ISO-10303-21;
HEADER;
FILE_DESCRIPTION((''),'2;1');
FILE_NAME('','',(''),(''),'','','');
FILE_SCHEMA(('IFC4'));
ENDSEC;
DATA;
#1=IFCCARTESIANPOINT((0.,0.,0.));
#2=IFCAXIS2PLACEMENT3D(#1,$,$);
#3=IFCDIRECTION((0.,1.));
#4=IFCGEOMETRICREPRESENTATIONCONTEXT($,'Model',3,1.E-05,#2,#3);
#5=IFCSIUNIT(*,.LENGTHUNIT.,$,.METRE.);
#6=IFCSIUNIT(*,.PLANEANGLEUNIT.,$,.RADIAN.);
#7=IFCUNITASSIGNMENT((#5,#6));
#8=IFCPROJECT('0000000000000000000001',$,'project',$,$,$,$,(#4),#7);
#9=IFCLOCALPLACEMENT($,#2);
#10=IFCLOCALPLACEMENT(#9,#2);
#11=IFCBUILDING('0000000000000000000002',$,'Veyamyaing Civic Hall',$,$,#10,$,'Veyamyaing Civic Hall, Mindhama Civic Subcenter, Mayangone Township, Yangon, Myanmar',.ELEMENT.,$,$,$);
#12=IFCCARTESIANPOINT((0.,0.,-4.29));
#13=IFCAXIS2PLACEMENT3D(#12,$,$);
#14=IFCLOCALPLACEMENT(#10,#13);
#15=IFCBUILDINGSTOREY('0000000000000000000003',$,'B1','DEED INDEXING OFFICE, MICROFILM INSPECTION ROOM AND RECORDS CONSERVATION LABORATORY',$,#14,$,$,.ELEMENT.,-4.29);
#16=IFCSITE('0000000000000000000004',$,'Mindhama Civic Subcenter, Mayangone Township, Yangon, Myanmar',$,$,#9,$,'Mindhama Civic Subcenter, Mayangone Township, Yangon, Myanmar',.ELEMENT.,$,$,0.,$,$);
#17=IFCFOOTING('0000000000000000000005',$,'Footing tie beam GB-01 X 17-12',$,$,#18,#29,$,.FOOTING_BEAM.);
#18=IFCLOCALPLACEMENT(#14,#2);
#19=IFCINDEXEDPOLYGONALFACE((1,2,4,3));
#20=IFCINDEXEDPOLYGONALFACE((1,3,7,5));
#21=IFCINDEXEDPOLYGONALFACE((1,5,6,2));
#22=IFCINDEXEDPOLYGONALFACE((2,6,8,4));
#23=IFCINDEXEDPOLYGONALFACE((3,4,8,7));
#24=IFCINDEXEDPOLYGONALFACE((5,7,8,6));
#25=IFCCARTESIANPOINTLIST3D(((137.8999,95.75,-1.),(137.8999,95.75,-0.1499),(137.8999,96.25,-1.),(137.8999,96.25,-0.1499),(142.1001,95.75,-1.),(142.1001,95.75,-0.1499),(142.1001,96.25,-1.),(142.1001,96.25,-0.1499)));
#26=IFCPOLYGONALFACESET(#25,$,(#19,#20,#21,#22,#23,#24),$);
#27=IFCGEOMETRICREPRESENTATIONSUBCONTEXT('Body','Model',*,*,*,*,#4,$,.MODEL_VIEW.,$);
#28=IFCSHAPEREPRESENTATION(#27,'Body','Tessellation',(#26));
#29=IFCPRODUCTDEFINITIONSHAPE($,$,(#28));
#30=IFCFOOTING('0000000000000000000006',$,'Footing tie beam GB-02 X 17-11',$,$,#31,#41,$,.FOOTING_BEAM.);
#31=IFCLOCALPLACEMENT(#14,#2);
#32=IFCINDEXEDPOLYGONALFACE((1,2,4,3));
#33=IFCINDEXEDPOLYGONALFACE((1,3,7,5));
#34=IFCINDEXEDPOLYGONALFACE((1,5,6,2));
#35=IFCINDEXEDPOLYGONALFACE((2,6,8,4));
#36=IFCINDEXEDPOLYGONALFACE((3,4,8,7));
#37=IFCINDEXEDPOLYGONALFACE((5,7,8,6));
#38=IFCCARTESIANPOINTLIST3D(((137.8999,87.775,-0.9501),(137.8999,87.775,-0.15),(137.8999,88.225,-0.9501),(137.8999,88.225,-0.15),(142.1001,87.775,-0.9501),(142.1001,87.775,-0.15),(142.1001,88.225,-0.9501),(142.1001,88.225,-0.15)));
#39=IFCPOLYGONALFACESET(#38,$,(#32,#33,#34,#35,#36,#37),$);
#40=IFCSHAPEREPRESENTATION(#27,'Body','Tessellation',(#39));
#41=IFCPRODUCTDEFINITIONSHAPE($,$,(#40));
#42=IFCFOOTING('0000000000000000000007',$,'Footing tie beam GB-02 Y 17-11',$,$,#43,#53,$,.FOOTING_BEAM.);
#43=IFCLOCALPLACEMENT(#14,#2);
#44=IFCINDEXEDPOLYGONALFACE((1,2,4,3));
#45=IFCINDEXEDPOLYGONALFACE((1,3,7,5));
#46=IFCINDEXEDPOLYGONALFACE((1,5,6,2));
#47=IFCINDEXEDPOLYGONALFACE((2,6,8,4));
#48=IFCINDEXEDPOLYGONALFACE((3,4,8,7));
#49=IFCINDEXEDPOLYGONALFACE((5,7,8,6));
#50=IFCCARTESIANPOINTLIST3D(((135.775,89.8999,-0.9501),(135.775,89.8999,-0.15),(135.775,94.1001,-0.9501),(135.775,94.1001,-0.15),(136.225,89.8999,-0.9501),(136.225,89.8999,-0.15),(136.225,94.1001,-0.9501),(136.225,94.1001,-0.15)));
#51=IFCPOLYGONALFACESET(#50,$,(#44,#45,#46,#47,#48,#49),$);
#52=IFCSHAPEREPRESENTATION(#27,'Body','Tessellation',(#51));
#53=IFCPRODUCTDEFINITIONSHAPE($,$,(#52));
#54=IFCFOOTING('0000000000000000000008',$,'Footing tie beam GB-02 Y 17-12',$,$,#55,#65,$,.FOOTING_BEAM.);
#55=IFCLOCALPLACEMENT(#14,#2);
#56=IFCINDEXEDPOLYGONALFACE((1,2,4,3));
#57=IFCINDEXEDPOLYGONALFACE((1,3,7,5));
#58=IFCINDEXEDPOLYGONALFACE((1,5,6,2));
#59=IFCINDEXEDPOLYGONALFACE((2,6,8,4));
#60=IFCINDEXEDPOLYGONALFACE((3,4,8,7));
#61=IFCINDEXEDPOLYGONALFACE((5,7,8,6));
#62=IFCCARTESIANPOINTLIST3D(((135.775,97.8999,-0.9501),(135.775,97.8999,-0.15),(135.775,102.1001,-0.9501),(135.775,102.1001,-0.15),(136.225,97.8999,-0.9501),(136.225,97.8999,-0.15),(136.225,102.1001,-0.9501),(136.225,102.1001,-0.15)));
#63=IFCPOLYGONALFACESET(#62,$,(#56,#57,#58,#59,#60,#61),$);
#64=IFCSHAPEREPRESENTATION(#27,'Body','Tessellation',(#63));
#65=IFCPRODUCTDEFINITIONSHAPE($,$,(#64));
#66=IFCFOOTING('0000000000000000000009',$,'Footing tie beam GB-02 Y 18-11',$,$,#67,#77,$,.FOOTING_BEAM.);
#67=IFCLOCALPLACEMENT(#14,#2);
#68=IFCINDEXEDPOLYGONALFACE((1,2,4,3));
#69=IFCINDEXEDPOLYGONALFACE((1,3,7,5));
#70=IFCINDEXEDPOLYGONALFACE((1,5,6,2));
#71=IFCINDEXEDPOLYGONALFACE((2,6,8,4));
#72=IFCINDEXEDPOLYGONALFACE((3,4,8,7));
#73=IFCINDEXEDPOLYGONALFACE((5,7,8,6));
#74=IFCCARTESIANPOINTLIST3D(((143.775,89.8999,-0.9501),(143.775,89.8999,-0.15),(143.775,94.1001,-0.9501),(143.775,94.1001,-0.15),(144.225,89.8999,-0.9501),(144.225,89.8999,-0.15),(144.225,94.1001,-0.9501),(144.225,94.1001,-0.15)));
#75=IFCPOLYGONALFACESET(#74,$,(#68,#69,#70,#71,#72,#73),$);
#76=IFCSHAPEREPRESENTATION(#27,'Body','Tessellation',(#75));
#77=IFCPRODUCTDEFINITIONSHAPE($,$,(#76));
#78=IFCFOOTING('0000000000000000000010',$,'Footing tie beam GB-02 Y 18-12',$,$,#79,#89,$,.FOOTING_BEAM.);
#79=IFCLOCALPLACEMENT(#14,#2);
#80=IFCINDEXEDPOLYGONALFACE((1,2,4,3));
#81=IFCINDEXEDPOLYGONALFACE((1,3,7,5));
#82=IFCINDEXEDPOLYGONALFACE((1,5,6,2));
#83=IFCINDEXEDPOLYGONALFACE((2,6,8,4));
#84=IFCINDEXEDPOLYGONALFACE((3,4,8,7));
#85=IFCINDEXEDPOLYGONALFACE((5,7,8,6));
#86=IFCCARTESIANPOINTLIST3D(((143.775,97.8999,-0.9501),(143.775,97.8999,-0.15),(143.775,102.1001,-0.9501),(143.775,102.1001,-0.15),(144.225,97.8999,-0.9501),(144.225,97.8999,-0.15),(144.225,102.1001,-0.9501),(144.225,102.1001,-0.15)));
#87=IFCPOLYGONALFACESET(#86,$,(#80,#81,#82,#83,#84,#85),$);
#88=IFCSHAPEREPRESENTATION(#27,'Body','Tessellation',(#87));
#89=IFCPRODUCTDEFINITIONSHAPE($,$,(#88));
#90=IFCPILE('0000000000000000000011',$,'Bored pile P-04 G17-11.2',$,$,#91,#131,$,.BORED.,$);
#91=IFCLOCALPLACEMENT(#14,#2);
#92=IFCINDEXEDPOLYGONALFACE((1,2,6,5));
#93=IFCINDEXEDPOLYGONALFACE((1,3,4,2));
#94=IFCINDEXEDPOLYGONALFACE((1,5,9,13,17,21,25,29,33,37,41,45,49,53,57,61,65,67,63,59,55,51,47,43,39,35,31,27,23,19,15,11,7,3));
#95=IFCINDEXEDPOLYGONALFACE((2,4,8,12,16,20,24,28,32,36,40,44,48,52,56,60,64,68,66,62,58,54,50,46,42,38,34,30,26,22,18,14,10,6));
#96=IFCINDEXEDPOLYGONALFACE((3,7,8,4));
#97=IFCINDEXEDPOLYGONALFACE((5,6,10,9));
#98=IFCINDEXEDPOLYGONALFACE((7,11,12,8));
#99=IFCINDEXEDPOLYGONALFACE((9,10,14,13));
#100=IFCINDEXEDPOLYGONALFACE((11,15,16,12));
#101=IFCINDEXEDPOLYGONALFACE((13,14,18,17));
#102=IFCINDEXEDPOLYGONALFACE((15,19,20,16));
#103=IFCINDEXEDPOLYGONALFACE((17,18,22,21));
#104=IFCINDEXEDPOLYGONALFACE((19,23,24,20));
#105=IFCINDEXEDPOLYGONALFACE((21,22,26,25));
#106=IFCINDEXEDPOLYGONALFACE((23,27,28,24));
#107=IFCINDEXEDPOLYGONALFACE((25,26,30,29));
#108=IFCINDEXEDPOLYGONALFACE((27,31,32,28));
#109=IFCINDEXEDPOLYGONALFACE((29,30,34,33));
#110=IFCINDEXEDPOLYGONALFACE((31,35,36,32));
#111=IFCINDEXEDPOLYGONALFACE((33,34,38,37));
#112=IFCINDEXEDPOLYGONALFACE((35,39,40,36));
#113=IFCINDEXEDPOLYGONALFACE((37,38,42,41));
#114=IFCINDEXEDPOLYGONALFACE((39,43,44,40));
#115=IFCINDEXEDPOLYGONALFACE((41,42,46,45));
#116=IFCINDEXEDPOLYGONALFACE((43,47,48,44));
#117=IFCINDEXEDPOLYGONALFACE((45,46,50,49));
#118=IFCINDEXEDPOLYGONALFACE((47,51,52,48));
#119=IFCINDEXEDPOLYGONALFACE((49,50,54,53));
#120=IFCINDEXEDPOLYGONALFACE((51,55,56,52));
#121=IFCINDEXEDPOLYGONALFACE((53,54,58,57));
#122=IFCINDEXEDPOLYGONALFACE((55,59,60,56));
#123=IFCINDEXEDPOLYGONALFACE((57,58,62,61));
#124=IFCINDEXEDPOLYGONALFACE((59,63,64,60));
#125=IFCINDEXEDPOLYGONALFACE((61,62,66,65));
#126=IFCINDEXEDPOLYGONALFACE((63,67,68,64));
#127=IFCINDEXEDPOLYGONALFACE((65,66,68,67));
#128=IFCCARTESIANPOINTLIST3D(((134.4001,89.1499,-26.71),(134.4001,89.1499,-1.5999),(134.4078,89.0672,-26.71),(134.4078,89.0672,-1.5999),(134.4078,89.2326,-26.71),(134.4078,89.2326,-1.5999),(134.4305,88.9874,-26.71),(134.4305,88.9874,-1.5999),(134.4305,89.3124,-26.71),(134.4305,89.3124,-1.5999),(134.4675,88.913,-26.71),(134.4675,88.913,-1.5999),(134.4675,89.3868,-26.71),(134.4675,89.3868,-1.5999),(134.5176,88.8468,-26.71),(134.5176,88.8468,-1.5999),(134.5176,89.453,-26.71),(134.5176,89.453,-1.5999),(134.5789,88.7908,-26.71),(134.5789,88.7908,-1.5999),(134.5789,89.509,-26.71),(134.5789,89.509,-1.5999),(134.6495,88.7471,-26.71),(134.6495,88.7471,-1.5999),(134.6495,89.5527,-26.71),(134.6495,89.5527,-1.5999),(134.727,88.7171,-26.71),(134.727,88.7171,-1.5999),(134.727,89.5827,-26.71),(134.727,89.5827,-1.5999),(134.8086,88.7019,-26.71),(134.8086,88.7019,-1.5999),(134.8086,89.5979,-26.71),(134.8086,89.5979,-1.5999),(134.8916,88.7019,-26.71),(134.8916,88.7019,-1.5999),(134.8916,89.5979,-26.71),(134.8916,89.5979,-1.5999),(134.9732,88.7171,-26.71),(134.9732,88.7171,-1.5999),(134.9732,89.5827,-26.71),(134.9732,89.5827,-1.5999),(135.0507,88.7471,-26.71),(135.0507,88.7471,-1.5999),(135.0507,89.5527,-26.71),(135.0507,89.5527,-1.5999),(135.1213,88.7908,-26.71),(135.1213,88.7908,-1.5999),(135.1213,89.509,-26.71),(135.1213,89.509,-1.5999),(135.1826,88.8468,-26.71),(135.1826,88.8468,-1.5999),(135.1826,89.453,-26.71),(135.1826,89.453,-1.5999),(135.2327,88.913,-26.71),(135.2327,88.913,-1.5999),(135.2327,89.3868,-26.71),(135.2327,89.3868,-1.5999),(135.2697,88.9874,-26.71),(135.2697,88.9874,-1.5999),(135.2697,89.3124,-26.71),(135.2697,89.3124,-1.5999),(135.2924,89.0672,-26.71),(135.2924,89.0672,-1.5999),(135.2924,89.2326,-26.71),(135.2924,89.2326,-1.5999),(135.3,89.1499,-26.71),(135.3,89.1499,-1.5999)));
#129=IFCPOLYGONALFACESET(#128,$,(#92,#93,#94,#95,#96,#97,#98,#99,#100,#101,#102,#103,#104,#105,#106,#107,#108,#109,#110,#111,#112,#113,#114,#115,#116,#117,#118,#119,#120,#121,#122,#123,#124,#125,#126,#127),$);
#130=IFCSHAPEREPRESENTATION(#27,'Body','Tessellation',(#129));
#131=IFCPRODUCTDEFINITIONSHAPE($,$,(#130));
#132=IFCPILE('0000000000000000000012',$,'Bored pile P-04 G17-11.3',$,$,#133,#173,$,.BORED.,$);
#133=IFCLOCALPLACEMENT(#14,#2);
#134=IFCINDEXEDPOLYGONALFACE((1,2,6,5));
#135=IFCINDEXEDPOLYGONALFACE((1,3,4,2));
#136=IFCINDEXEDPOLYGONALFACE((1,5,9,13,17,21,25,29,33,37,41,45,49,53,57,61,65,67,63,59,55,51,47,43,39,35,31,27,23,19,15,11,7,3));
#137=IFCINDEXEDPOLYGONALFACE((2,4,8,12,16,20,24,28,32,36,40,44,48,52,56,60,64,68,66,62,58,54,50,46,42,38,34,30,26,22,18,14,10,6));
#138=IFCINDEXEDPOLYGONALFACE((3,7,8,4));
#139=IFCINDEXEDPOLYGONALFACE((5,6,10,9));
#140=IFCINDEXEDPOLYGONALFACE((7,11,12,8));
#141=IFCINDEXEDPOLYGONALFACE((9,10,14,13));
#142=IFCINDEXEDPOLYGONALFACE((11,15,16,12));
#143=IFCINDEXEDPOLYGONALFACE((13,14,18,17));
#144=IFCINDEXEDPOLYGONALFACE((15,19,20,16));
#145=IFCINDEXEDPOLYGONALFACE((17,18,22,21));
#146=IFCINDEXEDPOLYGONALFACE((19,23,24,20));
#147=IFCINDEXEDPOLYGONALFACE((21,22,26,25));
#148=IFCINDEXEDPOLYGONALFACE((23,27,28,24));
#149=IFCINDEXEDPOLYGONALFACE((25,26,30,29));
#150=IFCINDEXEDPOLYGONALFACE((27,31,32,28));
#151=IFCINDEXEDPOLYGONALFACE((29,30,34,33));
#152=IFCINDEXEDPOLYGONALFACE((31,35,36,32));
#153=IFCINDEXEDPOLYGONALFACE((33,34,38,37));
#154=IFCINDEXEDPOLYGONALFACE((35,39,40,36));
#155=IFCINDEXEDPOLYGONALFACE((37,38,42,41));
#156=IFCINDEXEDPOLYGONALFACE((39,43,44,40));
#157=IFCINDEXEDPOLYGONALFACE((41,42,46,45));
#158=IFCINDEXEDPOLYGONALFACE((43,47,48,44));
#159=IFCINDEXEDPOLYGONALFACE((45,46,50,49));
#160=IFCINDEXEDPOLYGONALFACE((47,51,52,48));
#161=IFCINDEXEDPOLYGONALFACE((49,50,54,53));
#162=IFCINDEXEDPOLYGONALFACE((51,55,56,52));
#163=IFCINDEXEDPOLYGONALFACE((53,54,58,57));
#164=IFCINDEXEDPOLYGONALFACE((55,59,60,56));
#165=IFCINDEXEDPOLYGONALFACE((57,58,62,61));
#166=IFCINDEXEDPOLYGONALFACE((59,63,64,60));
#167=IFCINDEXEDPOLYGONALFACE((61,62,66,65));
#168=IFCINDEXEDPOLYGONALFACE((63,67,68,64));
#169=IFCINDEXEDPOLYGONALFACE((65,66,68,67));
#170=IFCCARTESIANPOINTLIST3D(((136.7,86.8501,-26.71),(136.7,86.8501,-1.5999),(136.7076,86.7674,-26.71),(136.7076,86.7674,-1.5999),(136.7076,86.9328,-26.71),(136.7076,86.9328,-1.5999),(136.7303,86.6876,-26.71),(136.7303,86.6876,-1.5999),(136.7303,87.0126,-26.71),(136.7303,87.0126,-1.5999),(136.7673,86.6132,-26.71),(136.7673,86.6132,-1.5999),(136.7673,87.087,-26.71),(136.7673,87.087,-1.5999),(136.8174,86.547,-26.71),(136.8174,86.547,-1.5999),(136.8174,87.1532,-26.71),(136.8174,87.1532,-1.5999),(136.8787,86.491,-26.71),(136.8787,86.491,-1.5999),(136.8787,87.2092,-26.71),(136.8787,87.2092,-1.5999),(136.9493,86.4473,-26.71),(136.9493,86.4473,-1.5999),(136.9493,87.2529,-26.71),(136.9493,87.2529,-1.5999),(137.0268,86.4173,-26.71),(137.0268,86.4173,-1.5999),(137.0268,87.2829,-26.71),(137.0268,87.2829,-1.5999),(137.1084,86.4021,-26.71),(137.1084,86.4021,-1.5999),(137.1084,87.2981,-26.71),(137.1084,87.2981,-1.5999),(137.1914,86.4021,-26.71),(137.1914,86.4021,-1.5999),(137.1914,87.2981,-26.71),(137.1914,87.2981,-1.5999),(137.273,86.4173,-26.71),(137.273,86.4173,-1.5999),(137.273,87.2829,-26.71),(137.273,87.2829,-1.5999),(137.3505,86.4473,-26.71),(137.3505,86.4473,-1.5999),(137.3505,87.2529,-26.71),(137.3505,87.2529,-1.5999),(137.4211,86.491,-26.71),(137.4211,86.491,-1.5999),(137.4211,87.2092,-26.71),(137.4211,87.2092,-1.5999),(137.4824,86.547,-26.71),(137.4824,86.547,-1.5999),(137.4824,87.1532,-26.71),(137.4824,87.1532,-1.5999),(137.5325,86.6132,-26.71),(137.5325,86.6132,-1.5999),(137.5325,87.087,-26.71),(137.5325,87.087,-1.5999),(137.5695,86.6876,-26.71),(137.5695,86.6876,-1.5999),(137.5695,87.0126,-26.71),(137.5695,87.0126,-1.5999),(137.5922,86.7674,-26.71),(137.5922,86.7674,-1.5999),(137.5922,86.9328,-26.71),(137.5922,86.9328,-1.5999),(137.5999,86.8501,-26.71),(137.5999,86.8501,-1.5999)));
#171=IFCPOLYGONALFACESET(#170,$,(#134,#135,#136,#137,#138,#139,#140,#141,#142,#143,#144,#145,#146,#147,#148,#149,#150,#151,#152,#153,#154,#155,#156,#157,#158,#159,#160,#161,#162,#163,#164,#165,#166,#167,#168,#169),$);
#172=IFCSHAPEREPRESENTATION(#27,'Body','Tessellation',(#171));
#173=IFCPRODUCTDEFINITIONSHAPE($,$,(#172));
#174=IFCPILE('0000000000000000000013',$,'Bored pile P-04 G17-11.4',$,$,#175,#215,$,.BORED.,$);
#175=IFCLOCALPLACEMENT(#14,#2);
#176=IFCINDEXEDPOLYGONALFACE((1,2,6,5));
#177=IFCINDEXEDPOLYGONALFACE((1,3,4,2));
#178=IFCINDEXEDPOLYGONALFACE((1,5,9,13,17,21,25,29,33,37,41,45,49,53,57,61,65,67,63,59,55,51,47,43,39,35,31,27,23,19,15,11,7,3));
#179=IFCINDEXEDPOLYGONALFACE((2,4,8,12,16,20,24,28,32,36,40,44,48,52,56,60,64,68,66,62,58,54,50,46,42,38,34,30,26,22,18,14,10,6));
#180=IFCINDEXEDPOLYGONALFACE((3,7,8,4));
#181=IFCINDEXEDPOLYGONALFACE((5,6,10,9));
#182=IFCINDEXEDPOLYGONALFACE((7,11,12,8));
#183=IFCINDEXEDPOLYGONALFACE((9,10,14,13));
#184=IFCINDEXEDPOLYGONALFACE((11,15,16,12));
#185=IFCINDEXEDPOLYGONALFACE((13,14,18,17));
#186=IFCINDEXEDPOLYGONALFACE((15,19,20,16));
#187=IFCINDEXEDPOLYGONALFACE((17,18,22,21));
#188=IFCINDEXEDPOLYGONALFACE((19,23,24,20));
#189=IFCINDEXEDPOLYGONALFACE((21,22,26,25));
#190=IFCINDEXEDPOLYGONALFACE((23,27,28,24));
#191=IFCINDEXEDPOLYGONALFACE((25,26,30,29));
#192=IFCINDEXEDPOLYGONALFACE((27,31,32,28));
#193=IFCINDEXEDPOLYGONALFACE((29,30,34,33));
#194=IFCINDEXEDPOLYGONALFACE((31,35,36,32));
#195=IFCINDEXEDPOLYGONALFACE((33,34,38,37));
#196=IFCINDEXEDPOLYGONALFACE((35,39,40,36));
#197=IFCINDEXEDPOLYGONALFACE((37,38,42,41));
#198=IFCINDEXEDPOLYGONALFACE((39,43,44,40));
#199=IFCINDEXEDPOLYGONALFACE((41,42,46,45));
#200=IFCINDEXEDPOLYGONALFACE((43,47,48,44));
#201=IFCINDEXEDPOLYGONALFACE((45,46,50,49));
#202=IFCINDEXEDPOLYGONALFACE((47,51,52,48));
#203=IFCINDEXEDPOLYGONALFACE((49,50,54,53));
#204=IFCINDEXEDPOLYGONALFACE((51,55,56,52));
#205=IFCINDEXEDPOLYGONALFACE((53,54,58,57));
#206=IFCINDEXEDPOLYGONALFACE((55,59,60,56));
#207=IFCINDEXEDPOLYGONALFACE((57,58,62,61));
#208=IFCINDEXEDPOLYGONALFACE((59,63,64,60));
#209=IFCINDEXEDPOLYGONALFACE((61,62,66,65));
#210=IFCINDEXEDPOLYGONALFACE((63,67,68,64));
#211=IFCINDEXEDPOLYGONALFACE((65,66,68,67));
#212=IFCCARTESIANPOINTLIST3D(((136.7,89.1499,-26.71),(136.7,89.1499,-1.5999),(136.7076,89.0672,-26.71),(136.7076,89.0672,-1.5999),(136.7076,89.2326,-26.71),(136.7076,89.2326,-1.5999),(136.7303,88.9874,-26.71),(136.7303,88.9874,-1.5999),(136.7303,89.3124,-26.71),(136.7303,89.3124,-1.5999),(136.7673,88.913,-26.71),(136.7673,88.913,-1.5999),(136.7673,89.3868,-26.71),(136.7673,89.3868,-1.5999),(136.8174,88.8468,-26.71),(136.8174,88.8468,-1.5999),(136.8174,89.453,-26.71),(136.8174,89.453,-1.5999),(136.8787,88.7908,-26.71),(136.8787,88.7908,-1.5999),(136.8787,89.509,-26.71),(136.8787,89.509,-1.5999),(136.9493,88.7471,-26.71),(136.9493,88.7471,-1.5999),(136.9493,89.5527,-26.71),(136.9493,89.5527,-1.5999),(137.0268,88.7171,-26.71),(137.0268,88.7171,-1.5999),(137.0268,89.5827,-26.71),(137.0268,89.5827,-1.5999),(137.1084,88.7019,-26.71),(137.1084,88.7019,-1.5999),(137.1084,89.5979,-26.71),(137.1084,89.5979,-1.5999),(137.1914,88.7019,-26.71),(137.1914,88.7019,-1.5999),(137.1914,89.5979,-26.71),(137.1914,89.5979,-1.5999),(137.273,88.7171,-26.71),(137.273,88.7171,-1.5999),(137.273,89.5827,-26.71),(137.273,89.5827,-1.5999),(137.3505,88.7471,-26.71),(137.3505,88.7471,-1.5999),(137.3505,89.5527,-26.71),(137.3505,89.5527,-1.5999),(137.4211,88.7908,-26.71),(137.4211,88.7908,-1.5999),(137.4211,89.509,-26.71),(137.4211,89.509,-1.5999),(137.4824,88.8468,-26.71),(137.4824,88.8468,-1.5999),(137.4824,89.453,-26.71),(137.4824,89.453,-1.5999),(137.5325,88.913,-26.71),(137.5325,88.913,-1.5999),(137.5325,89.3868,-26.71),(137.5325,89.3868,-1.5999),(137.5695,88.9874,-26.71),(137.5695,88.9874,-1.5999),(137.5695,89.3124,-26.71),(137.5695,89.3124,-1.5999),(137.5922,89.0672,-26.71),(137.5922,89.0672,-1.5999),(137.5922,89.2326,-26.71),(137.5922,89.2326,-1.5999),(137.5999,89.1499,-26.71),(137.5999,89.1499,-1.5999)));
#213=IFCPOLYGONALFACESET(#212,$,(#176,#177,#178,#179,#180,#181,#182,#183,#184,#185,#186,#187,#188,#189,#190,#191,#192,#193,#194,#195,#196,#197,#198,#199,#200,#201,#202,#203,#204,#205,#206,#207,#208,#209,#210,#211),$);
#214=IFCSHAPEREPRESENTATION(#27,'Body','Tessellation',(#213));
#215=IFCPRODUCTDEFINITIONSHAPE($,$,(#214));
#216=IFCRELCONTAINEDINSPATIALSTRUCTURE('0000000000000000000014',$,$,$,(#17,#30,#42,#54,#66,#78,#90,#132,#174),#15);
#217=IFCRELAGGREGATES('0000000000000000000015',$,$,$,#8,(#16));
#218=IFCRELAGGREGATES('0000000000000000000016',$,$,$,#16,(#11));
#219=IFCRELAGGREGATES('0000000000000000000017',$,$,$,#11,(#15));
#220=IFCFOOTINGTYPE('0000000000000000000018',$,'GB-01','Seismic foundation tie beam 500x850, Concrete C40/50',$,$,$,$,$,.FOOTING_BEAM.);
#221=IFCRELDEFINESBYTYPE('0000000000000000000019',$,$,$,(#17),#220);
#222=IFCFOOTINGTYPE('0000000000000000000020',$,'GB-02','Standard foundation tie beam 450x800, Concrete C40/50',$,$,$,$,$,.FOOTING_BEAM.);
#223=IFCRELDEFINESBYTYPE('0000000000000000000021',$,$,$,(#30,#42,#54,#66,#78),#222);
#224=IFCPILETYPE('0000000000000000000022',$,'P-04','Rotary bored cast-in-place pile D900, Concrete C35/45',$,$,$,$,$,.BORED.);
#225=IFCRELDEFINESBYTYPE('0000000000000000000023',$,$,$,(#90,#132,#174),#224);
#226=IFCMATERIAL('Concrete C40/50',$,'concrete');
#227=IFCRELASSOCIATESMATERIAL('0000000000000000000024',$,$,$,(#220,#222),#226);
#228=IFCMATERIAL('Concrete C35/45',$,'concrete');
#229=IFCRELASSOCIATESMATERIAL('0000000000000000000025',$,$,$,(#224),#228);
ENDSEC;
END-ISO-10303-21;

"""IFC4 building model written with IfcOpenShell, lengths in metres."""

from ifc_helpers import new_model, si_unit, direction, frame, origin, origin_2d, place, context, subcontext, project, spatial, rectangle, circle, extrude, material, material_profile, profile_set, type_object, element, save


model = new_model("IFC4")

# Units and contexts
model_context = context("Model", 3, precision=1e-05, world=origin(), true_north=direction((0.0, 1.0)))
body_context = subcontext(model_context, "Body", "Model", "MODEL_VIEW")
ifc_project = project(units=[si_unit("LENGTHUNIT", "METRE"), si_unit("PLANEANGLEUNIT", "RADIAN")], contexts=[model_context])

# Site, building, storey
site_placement = place(None, origin())
site = spatial("IfcSite", under=ifc_project, at=site_placement, Name="Mindhama Civic Subcenter, Mayangone Township, Yangon, Myanmar", LongName="Mindhama Civic Subcenter, Mayangone Township, Yangon, Myanmar", CompositionType="ELEMENT", RefElevation=0.0)
building_placement = place(site_placement, origin())
building = spatial("IfcBuilding", under=site, at=building_placement, Name="Veyamyaing Civic Hall", LongName="Veyamyaing Civic Hall, Mindhama Civic Subcenter, Mayangone Township, Yangon, Myanmar", CompositionType="ELEMENT")
storey_placement = place(building_placement, frame((0.0, 0.0, -4.29)))
storey = spatial("IfcBuildingStorey", under=building, at=storey_placement, Name="B1", Description="DEED INDEXING OFFICE, MICROFILM INSPECTION ROOM AND RECORDS CONSERVATION LABORATORY", CompositionType="ELEMENT", Elevation=-4.29)

# Footings
ifc_material_1 = material(Name="Concrete C40/50", Category="concrete")
ifc_material_profile_1 = material_profile(ifc_material_1, rectangle(XDim=0.5, YDim=0.8501, at=origin_2d()), Name="GB-500X850")
ifc_profile_set_1 = profile_set([ifc_material_profile_1], Name="Concrete C40/50")
footing_type_1 = type_object("IfcFootingType", Name="GB-01", Description="Seismic foundation tie beam 500x850, Concrete C40/50", PredefinedType="FOOTING_BEAM", material=ifc_profile_set_1)
footing_placement = place(storey_placement, frame((137.8999, 96.0, -0.575), z_axis=(1.0, 0.0, 0.0), x_axis=(0.0, 1.0, 0.0)))
element("IfcFooting", 1, at=footing_placement, inside=storey, type_object=footing_type_1, Name="Footing tie beam GB-01 X 17-12", PredefinedType="FOOTING_BEAM", context=body_context, shape_type="SweptSolid", body=[
    extrude(rectangle(XDim=0.5, YDim=0.8501, at=origin_2d()), origin(), (0.0, 0.0, 1.0), 4.2002),
])
ifc_material_profile_2 = material_profile(ifc_material_1, rectangle(XDim=0.45, YDim=0.8, at=origin_2d()), Name="GB-450X800")
ifc_profile_set_2 = profile_set([ifc_material_profile_2], Name="Concrete C40/50")
footing_type_2 = type_object("IfcFootingType", Name="GB-02", Description="Standard foundation tie beam 450x800, Concrete C40/50", PredefinedType="FOOTING_BEAM", material=ifc_profile_set_2)
for number, where, z_axis, x_axis, name in (
    (2, (137.8999, 88.0, -0.55), (1.0, 0.0, 0.0), (0.0, 1.0, 0.0), "Footing tie beam GB-02 X 17-11"),
    (3, (136.0, 89.8999, -0.55), (0.0, 1.0, 0.0), (-1.0, 0.0, 0.0), "Footing tie beam GB-02 Y 17-11"),
    (4, (136.0, 97.8999, -0.55), (0.0, 1.0, 0.0), (-1.0, 0.0, 0.0), "Footing tie beam GB-02 Y 17-12"),
    (5, (144.0, 89.8999, -0.55), (0.0, 1.0, 0.0), (-1.0, 0.0, 0.0), "Footing tie beam GB-02 Y 18-11"),
    (6, (144.0, 97.8999, -0.55), (0.0, 1.0, 0.0), (-1.0, 0.0, 0.0), "Footing tie beam GB-02 Y 18-12"),
):
    element("IfcFooting", number, at=place(storey_placement, frame(where, z_axis=z_axis, x_axis=x_axis)), inside=storey, type_object=footing_type_2, Name=name, PredefinedType="FOOTING_BEAM", context=body_context, shape_type="SweptSolid", body=[
        extrude(rectangle(XDim=0.45, YDim=0.8, at=origin_2d()), origin(), (0.0, 0.0, 1.0), 4.2002),
    ])

# Piles
ifc_material_2 = material(Name="Concrete C35/45", Category="concrete")
ifc_material_profile_3 = material_profile(ifc_material_2, circle(Radius=0.45, at=origin_2d()), Name="PILE-D900")
ifc_profile_set_3 = profile_set([ifc_material_profile_3], Name="Concrete C35/45")
pile_type = type_object("IfcPileType", Name="P-04", Description="Rotary bored cast-in-place pile D900, Concrete C35/45", PredefinedType="BORED", material=ifc_profile_set_3)
for number, where, z_axis, x_axis, name in (
    (7, (134.8501, 89.1499, -1.5999), (0.0, 0.0, -1.0), (1.0, 0.0, 0.0), "Bored pile P-04 G17-11.2"),
    (8, (137.1499, 86.8501, -1.5999), (0.0, 0.0, -1.0), (1.0, 0.0, 0.0), "Bored pile P-04 G17-11.3"),
    (9, (137.1499, 89.1499, -1.5999), (0.0, 0.0, -1.0), (1.0, 0.0, 0.0), "Bored pile P-04 G17-11.4"),
):
    element("IfcPile", number, at=place(storey_placement, frame(where, z_axis=z_axis, x_axis=x_axis)), inside=storey, type_object=pile_type, Name=name, PredefinedType="BORED", context=body_context, shape_type="SweptSolid", body=[
        extrude(circle(Radius=0.45, at=origin_2d()), origin(), (0.0, 0.0, 1.0), 25.1101),
    ])

save(model, "model.ifc")
